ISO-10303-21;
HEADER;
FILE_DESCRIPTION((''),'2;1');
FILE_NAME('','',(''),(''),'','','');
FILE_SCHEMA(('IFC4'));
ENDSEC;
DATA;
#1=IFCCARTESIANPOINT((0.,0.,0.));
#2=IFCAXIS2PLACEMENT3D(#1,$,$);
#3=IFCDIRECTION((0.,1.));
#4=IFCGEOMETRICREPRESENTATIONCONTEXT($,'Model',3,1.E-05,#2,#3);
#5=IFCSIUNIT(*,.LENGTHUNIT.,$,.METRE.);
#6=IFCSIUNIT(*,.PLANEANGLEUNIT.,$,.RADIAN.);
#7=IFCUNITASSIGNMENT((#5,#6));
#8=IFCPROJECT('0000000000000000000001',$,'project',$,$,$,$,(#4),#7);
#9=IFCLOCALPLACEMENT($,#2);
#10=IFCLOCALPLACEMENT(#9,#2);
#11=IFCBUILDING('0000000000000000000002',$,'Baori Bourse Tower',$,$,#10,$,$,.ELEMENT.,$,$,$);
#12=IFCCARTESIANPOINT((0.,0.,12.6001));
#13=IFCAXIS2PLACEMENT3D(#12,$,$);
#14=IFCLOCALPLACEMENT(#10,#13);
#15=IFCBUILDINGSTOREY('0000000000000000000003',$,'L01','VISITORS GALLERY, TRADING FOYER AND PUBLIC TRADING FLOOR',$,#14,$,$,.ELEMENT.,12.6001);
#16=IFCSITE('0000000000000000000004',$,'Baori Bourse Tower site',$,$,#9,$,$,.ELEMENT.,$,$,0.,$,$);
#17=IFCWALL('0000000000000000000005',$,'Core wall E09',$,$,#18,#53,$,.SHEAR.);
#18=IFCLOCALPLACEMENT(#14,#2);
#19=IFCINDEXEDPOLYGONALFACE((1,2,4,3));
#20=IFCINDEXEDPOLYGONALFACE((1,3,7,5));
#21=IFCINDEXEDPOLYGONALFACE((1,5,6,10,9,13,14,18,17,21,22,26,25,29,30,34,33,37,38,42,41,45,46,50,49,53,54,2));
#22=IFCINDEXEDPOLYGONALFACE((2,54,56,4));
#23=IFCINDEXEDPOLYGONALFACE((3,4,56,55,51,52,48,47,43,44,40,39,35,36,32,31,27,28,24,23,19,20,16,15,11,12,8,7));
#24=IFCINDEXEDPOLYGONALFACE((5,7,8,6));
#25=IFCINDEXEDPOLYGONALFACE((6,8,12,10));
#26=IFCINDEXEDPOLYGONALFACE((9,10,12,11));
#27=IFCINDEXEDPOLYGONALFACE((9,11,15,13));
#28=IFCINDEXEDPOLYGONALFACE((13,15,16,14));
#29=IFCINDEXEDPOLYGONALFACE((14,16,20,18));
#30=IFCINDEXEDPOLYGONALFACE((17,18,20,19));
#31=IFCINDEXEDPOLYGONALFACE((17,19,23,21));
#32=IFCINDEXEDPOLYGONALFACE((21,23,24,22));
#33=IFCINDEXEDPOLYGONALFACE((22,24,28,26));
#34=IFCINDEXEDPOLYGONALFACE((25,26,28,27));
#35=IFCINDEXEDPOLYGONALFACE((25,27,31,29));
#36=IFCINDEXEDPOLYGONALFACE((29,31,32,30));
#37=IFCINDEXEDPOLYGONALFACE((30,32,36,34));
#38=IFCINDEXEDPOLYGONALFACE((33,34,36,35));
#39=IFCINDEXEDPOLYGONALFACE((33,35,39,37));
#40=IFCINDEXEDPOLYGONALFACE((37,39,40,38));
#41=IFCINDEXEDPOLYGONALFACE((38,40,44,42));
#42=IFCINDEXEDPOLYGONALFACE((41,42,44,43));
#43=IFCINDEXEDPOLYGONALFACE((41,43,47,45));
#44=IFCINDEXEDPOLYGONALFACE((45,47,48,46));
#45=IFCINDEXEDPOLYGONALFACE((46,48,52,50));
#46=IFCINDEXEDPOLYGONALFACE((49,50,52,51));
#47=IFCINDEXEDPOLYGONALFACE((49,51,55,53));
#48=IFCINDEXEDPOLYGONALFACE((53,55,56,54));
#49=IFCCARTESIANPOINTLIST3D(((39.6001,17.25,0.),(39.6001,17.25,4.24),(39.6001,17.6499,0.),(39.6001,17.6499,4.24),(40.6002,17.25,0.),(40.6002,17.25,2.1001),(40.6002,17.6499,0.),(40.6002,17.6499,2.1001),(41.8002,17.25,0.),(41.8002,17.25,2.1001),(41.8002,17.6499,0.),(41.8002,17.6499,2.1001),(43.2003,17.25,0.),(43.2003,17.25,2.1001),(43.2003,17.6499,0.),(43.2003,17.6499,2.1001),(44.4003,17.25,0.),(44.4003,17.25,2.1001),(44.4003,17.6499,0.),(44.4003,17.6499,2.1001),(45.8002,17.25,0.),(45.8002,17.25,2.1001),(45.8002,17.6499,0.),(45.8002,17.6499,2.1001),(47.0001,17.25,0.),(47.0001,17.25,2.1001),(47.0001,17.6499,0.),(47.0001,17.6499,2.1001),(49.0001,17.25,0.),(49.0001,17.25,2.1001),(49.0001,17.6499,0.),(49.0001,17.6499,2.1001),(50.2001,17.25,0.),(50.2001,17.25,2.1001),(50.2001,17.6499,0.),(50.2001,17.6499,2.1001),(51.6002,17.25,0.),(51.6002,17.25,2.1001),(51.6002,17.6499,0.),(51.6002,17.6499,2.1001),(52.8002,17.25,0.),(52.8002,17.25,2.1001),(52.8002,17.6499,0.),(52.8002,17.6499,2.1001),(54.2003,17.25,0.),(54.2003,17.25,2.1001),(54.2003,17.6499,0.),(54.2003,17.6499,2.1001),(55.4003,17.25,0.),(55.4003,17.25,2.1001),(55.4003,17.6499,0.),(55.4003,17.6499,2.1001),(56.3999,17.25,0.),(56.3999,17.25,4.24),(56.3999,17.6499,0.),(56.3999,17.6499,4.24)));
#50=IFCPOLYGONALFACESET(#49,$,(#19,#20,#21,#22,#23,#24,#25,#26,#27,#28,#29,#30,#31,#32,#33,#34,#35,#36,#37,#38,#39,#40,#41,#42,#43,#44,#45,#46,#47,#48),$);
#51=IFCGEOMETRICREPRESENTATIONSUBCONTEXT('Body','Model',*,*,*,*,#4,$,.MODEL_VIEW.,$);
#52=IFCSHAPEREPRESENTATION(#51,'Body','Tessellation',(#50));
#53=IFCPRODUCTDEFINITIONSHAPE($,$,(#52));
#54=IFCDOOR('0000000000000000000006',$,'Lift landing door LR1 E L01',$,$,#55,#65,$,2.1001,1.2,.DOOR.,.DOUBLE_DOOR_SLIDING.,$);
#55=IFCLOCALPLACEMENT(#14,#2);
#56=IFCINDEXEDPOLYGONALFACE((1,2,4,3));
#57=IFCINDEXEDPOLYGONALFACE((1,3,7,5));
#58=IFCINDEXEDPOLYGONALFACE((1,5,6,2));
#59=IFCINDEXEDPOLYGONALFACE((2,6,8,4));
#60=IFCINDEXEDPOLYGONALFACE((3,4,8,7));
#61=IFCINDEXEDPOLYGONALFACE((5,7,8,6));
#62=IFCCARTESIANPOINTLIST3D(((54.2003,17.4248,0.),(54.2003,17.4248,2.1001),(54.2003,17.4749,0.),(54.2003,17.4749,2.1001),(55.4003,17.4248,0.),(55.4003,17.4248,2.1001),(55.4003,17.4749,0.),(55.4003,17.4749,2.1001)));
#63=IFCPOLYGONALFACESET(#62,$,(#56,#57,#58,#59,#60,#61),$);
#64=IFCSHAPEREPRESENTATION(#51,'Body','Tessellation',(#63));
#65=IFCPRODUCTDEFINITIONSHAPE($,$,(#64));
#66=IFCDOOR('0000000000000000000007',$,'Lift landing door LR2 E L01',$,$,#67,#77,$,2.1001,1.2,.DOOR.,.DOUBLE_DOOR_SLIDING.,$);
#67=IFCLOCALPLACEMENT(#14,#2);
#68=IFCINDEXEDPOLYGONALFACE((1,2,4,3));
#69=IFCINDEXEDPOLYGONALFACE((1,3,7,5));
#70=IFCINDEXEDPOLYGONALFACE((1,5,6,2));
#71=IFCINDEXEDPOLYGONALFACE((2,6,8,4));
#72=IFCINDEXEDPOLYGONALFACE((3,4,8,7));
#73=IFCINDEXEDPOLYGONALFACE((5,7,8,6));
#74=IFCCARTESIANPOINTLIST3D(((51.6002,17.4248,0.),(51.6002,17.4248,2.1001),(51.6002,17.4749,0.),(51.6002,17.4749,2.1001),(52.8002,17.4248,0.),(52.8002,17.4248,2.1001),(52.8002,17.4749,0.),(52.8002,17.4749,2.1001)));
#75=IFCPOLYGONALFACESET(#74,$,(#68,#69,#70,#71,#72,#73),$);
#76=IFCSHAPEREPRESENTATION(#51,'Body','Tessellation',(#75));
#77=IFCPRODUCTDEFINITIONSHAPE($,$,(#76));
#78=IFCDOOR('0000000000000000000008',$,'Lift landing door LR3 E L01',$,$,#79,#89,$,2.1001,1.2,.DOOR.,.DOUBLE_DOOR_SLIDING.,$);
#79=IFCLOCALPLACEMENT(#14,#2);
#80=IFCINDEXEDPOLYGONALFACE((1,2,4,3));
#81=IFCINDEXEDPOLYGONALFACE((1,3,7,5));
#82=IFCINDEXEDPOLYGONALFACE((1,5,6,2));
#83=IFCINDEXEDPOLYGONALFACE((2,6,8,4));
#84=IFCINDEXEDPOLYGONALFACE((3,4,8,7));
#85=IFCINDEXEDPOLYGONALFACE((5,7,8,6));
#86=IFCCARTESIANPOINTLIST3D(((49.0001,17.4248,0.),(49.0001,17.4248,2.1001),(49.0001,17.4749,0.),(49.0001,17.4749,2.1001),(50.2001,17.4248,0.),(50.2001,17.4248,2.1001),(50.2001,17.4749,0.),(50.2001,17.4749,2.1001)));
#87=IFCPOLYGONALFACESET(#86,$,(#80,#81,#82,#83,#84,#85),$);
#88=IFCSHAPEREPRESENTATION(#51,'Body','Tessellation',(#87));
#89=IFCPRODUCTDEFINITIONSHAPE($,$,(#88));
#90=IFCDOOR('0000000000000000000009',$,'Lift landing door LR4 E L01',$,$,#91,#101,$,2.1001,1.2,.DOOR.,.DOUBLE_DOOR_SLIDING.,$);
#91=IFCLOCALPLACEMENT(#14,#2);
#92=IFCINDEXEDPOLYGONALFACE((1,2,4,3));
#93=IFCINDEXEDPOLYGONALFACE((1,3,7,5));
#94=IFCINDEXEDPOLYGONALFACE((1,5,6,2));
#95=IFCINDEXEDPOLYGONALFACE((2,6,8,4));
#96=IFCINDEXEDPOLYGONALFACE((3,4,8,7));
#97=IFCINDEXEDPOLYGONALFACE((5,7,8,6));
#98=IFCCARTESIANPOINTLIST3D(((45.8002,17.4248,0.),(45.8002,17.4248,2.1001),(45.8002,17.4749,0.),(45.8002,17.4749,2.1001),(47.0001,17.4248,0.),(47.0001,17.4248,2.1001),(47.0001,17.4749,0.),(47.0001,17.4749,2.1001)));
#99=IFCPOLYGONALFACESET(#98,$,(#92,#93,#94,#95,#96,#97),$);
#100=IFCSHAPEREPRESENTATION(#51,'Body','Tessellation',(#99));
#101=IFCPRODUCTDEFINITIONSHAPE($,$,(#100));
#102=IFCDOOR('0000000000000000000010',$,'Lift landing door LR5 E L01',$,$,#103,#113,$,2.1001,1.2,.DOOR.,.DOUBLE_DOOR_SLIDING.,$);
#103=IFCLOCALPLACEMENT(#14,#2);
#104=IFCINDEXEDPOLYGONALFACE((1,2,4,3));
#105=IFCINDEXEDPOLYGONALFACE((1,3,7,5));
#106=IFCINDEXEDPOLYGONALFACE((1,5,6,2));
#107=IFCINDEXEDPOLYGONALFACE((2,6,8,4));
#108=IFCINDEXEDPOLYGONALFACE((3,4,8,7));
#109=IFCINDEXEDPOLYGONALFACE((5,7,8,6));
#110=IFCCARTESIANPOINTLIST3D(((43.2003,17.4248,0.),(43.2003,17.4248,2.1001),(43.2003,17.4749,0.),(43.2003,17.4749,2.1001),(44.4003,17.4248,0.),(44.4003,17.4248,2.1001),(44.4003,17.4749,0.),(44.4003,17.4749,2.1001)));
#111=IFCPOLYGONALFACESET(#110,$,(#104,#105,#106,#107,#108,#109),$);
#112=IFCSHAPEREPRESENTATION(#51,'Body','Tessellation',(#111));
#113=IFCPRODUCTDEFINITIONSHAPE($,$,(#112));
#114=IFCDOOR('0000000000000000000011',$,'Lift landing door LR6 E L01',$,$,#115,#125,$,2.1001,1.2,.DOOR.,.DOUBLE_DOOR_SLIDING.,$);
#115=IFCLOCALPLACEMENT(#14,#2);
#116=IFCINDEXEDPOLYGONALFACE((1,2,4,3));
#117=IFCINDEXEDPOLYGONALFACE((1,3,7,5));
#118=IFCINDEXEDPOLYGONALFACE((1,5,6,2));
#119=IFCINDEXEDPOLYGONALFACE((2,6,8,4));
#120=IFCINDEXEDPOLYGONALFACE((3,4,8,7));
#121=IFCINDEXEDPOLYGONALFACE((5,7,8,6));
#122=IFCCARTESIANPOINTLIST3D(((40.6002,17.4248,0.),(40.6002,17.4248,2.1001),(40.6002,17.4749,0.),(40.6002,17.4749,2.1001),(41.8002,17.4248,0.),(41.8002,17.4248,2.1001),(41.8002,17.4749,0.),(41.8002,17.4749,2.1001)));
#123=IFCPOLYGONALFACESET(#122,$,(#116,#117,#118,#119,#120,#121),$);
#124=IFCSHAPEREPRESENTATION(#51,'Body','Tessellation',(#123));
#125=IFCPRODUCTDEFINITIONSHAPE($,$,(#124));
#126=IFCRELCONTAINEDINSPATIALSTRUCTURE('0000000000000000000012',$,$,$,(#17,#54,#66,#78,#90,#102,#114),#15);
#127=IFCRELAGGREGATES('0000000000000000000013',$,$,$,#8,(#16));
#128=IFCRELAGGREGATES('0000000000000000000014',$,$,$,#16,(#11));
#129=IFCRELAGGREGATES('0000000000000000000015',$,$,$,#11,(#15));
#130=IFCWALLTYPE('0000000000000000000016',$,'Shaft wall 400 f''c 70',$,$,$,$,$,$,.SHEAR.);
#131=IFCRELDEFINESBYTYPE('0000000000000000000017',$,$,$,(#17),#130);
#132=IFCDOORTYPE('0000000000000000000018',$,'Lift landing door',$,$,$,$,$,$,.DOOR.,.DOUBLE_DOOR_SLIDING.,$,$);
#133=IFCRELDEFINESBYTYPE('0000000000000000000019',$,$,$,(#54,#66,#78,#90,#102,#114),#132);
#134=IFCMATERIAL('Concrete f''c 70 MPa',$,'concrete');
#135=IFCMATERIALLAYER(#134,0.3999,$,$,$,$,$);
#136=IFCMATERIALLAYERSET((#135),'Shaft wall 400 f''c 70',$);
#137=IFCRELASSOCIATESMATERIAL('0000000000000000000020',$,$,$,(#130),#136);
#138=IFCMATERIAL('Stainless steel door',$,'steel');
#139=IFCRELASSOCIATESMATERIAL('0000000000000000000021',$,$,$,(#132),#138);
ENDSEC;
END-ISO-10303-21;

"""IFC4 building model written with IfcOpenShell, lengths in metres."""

from ifc_helpers import new_model, si_unit, direction, frame, frame_2d, origin, place, context, subcontext, project, spatial, rectangle, extrude, material, layer, layer_set, type_object, element, fill, save


model = new_model("IFC4")

# Units and contexts
model_context = context("Model", 3, precision=1e-05, world=origin(), true_north=direction((0.0, 1.0)))
body_context = subcontext(model_context, "Body", "Model", "MODEL_VIEW")
ifc_project = project(units=[si_unit("LENGTHUNIT", "METRE"), si_unit("PLANEANGLEUNIT", "RADIAN")], contexts=[model_context])

# Site, building, storey
site_placement = place(None, origin())
site = spatial("IfcSite", under=ifc_project, at=site_placement, Name="Baori Bourse Tower site", CompositionType="ELEMENT", RefElevation=0.0)
building_placement = place(site_placement, origin())
building = spatial("IfcBuilding", under=site, at=building_placement, Name="Baori Bourse Tower", CompositionType="ELEMENT")
storey_placement = place(building_placement, frame((0.0, 0.0, 12.6001)))
storey = spatial("IfcBuildingStorey", under=building, at=storey_placement, Name="L01", Description="VISITORS GALLERY, TRADING FOYER AND PUBLIC TRADING FLOOR", CompositionType="ELEMENT", Elevation=12.6001)

# Shared definitions
ifc_material_1 = material(Name="Concrete f'c 70 MPa", Category="concrete")
ifc_layer_1 = layer(ifc_material_1, 0.3999)
ifc_layer_set_1 = layer_set([ifc_layer_1], Name="Shaft wall 400 f'c 70")
wall_type_1 = type_object("IfcWallType", Name="Shaft wall 400 f'c 70", PredefinedType="SHEAR", material=ifc_layer_set_1)

# Wall, openings, doors
wall_1_placement = place(storey_placement, frame((39.6001, 17.45, 0.0), z_axis=(0.0, 0.0, 1.0), x_axis=(1.0, 0.0, 0.0)))
wall_1 = element("IfcWall", 1, at=wall_1_placement, inside=storey, type_object=wall_type_1, Name="Core wall E09", PredefinedType="SHEAR", context=body_context, shape_type="SweptSolid", body=[
    extrude(rectangle(XDim=16.7998, YDim=0.3999, at=frame_2d((8.3999, 0.0))), origin(), (0.0, 0.0, 1.0), 4.24),
])
opening_1_placement = place(wall_1_placement, frame((14.6001, 0.0, 0.0)))
opening_1 = element("IfcOpeningElement", 2, at=opening_1_placement, cuts=wall_1, PredefinedType="OPENING", context=body_context, shape_type="SweptSolid", body=[
    extrude(rectangle(XDim=1.2, YDim=2.1001, at=frame_2d((0.6001, 1.05))), frame((0.0, 0.21, 0.0), z_axis=(0.0, -1.0, 0.0), x_axis=(1.0, 0.0, 0.0)), (0.0, 0.0, 1.0), 0.4199),
])
opening_2_placement = place(wall_1_placement, frame((12.0, 0.0, 0.0)))
opening_2 = element("IfcOpeningElement", 3, at=opening_2_placement, cuts=wall_1, PredefinedType="OPENING", context=body_context, shape_type="SweptSolid", body=[
    extrude(rectangle(XDim=1.2, YDim=2.1001, at=frame_2d((0.6001, 1.05))), frame((0.0, 0.21, 0.0), z_axis=(0.0, -1.0, 0.0), x_axis=(1.0, 0.0, 0.0)), (0.0, 0.0, 1.0), 0.4199),
])
opening_3_placement = place(wall_1_placement, frame((9.3999, 0.0, 0.0)))
opening_3 = element("IfcOpeningElement", 4, at=opening_3_placement, cuts=wall_1, PredefinedType="OPENING", context=body_context, shape_type="SweptSolid", body=[
    extrude(rectangle(XDim=1.2, YDim=2.1001, at=frame_2d((0.6001, 1.05))), frame((0.0, 0.21, 0.0), z_axis=(0.0, -1.0, 0.0), x_axis=(1.0, 0.0, 0.0)), (0.0, 0.0, 1.0), 0.4199),
])
opening_4_placement = place(wall_1_placement, frame((6.2, 0.0, 0.0)))
opening_4 = element("IfcOpeningElement", 5, at=opening_4_placement, cuts=wall_1, PredefinedType="OPENING", context=body_context, shape_type="SweptSolid", body=[
    extrude(rectangle(XDim=1.2, YDim=2.1001, at=frame_2d((0.6001, 1.05))), frame((0.0, 0.21, 0.0), z_axis=(0.0, -1.0, 0.0), x_axis=(1.0, 0.0, 0.0)), (0.0, 0.0, 1.0), 0.4199),
])
opening_5_placement = place(wall_1_placement, frame((3.6001, 0.0, 0.0)))
opening_5 = element("IfcOpeningElement", 6, at=opening_5_placement, cuts=wall_1, PredefinedType="OPENING", context=body_context, shape_type="SweptSolid", body=[
    extrude(rectangle(XDim=1.2, YDim=2.1001, at=frame_2d((0.6001, 1.05))), frame((0.0, 0.21, 0.0), z_axis=(0.0, -1.0, 0.0), x_axis=(1.0, 0.0, 0.0)), (0.0, 0.0, 1.0), 0.4199),
])
opening_6_placement = place(wall_1_placement, frame((1.0, 0.0, 0.0)))
opening_6 = element("IfcOpeningElement", 7, at=opening_6_placement, cuts=wall_1, PredefinedType="OPENING", context=body_context, shape_type="SweptSolid", body=[
    extrude(rectangle(XDim=1.2, YDim=2.1001, at=frame_2d((0.6001, 1.05))), frame((0.0, 0.21, 0.0), z_axis=(0.0, -1.0, 0.0), x_axis=(1.0, 0.0, 0.0)), (0.0, 0.0, 1.0), 0.4199),
])
ifc_material_2 = material(Name="Stainless steel door", Category="steel")
door_type_1 = type_object("IfcDoorType", Name="Lift landing door", OperationType="DOUBLE_DOOR_SLIDING", PredefinedType="DOOR", material=ifc_material_2)
door_1_placement = place(opening_1_placement, origin())
door_1 = element("IfcDoor", 8, at=door_1_placement, inside=storey, type_object=door_type_1, Name="Lift landing door LR1 E L01", OperationType="DOUBLE_DOOR_SLIDING", OverallHeight=2.1001, OverallWidth=1.2, PredefinedType="DOOR", context=body_context, shape_type="SweptSolid", body=[
    extrude(rectangle(XDim=1.2, YDim=2.1001, at=frame_2d((0.6001, 1.05))), frame((0.0, 0.0249, 0.0), z_axis=(0.0, -1.0, 0.0), x_axis=(1.0, 0.0, 0.0)), (0.0, 0.0, 1.0), 0.05),
])
fill(opening_1, door_1)
door_2_placement = place(opening_2_placement, origin())
door_2 = element("IfcDoor", 9, at=door_2_placement, inside=storey, type_object=door_type_1, Name="Lift landing door LR2 E L01", OperationType="DOUBLE_DOOR_SLIDING", OverallHeight=2.1001, OverallWidth=1.2, PredefinedType="DOOR", context=body_context, shape_type="SweptSolid", body=[
    extrude(rectangle(XDim=1.2, YDim=2.1001, at=frame_2d((0.6001, 1.05))), frame((0.0, 0.0249, 0.0), z_axis=(0.0, -1.0, 0.0), x_axis=(1.0, 0.0, 0.0)), (0.0, 0.0, 1.0), 0.05),
])
fill(opening_2, door_2)
door_3_placement = place(opening_3_placement, origin())
door_3 = element("IfcDoor", 10, at=door_3_placement, inside=storey, type_object=door_type_1, Name="Lift landing door LR3 E L01", OperationType="DOUBLE_DOOR_SLIDING", OverallHeight=2.1001, OverallWidth=1.2, PredefinedType="DOOR", context=body_context, shape_type="SweptSolid", body=[
    extrude(rectangle(XDim=1.2, YDim=2.1001, at=frame_2d((0.6001, 1.05))), frame((0.0, 0.0249, 0.0), z_axis=(0.0, -1.0, 0.0), x_axis=(1.0, 0.0, 0.0)), (0.0, 0.0, 1.0), 0.05),
])
fill(opening_3, door_3)
door_4_placement = place(opening_4_placement, origin())
door_4 = element("IfcDoor", 11, at=door_4_placement, inside=storey, type_object=door_type_1, Name="Lift landing door LR4 E L01", OperationType="DOUBLE_DOOR_SLIDING", OverallHeight=2.1001, OverallWidth=1.2, PredefinedType="DOOR", context=body_context, shape_type="SweptSolid", body=[
    extrude(rectangle(XDim=1.2, YDim=2.1001, at=frame_2d((0.6001, 1.05))), frame((0.0, 0.0249, 0.0), z_axis=(0.0, -1.0, 0.0), x_axis=(1.0, 0.0, 0.0)), (0.0, 0.0, 1.0), 0.05),
])
fill(opening_4, door_4)
door_5_placement = place(opening_5_placement, origin())
door_5 = element("IfcDoor", 12, at=door_5_placement, inside=storey, type_object=door_type_1, Name="Lift landing door LR5 E L01", OperationType="DOUBLE_DOOR_SLIDING", OverallHeight=2.1001, OverallWidth=1.2, PredefinedType="DOOR", context=body_context, shape_type="SweptSolid", body=[
    extrude(rectangle(XDim=1.2, YDim=2.1001, at=frame_2d((0.6001, 1.05))), frame((0.0, 0.0249, 0.0), z_axis=(0.0, -1.0, 0.0), x_axis=(1.0, 0.0, 0.0)), (0.0, 0.0, 1.0), 0.05),
])
fill(opening_5, door_5)
door_6_placement = place(opening_6_placement, origin())
door_6 = element("IfcDoor", 13, at=door_6_placement, inside=storey, type_object=door_type_1, Name="Lift landing door LR6 E L01", OperationType="DOUBLE_DOOR_SLIDING", OverallHeight=2.1001, OverallWidth=1.2, PredefinedType="DOOR", context=body_context, shape_type="SweptSolid", body=[
    extrude(rectangle(XDim=1.2, YDim=2.1001, at=frame_2d((0.6001, 1.05))), frame((0.0, 0.0249, 0.0), z_axis=(0.0, -1.0, 0.0), x_axis=(1.0, 0.0, 0.0)), (0.0, 0.0, 1.0), 0.05),
])
fill(opening_6, door_6)

save(model, "model.ifc")
